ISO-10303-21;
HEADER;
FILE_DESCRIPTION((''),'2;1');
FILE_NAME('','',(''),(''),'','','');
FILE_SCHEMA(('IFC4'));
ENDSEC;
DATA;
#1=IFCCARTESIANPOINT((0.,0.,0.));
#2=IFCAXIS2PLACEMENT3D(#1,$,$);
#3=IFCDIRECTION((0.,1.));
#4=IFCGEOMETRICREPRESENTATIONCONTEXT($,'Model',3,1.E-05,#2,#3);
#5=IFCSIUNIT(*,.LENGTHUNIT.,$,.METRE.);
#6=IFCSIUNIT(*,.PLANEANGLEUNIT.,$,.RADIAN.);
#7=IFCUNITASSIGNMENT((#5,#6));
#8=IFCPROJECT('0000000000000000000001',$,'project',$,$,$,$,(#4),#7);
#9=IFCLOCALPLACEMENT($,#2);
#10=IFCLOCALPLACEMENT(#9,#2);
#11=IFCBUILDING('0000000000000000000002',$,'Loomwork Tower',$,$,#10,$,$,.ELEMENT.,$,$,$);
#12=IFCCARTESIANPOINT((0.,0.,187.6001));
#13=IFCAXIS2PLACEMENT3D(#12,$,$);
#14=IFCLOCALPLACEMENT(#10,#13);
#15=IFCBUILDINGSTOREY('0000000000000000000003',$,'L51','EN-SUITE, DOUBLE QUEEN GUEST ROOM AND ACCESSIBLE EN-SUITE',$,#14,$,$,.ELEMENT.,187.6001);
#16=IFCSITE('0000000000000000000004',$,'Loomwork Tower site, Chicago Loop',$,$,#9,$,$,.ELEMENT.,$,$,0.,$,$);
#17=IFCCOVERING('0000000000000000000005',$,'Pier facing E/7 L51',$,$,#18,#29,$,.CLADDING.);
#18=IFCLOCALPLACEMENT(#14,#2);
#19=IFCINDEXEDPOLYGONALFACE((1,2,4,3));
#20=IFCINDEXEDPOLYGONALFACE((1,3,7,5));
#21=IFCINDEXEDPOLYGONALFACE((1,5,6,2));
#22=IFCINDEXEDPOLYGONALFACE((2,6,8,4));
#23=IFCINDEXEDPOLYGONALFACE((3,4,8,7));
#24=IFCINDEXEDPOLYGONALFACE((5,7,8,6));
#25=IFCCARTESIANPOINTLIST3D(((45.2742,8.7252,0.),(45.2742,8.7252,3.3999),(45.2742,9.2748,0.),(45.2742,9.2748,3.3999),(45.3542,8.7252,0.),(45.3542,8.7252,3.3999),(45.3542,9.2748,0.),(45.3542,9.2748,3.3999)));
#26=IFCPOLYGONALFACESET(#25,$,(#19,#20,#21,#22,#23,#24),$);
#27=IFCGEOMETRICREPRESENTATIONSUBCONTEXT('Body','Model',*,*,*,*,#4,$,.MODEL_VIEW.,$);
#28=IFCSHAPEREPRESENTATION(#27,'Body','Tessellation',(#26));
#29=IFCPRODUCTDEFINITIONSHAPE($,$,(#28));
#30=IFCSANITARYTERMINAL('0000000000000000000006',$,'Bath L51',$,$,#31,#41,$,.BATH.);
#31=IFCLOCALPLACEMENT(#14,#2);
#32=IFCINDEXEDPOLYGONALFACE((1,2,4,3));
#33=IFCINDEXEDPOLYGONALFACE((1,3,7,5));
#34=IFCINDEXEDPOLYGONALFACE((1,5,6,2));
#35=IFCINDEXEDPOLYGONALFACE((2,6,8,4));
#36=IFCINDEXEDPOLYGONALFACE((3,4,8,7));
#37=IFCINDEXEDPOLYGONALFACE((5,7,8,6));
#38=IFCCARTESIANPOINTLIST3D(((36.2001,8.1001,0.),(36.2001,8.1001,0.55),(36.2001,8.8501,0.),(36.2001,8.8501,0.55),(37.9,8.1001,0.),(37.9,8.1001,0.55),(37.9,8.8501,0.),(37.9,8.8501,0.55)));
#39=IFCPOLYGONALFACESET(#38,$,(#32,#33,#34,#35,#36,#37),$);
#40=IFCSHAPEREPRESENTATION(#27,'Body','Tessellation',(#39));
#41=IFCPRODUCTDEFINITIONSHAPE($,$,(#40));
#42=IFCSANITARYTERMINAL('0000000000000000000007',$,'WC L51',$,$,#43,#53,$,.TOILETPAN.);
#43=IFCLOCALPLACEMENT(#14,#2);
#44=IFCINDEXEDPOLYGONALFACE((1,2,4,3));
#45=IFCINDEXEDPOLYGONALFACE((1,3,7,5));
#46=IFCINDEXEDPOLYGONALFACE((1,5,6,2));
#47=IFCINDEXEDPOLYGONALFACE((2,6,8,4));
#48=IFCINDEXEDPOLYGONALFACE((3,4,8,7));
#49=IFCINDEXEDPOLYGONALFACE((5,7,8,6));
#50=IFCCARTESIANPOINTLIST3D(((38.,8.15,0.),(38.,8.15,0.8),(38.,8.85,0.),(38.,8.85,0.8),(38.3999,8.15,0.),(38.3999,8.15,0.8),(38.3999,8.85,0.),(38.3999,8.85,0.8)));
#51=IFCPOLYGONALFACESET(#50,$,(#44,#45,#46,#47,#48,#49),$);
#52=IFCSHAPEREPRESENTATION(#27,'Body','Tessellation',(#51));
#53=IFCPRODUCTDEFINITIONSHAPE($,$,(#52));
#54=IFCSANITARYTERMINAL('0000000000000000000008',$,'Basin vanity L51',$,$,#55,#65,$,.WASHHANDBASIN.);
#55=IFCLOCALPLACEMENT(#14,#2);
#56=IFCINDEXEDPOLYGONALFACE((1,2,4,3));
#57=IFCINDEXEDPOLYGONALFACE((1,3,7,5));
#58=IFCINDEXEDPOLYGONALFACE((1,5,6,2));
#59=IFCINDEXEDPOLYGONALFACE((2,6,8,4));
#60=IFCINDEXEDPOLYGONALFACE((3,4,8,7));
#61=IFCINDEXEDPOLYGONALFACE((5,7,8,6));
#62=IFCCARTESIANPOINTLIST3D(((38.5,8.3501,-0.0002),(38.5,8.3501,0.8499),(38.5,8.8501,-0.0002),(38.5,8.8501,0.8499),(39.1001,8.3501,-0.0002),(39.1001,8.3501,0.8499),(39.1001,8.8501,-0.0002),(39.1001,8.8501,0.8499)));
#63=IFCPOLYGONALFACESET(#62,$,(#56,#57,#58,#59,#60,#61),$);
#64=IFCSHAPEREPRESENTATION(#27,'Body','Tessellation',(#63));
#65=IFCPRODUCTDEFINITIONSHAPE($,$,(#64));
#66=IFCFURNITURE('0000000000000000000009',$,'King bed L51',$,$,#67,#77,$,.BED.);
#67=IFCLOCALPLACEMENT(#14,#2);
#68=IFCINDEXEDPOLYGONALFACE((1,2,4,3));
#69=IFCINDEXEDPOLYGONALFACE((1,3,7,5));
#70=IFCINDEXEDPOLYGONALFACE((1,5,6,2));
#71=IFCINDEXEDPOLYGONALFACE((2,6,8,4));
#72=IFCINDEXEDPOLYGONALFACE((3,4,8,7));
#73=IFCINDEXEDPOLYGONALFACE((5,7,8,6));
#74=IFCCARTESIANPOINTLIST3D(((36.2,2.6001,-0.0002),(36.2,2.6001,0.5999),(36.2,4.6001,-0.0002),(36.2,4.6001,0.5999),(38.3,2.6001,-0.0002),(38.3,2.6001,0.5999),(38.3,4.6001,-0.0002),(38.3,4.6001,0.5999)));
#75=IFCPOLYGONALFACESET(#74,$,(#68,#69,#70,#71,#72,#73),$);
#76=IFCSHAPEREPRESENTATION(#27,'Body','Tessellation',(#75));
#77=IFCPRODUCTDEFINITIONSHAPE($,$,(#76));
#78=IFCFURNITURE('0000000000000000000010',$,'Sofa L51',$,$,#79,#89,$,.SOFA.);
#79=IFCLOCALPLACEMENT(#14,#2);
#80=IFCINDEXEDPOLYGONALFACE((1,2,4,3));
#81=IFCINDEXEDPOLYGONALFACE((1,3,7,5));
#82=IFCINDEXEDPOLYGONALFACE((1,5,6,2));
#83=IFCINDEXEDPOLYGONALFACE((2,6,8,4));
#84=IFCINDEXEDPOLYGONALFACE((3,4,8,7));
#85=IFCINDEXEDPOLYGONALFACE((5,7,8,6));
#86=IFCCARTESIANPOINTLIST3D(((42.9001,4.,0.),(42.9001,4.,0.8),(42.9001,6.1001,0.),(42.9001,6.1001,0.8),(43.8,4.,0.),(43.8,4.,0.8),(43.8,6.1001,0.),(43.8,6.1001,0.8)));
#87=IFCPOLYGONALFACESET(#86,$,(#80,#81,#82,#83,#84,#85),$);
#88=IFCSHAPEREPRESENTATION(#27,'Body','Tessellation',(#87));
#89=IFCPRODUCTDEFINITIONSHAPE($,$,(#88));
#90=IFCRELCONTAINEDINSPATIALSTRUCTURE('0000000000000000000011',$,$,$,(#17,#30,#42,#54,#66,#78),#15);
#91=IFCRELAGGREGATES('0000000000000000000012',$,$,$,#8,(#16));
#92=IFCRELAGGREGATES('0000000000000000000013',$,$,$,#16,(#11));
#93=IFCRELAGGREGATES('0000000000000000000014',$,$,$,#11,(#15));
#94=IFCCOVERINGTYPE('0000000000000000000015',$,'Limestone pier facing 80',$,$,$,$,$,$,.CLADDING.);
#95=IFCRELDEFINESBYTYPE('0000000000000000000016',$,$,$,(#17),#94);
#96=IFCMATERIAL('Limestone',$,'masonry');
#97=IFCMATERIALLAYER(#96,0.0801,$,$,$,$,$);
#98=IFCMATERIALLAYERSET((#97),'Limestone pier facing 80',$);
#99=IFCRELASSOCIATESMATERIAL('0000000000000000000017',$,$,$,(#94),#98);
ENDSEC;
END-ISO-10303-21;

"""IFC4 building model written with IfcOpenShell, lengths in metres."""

from ifc_helpers import new_model, si_unit, direction, frame, origin, origin_2d, place, context, subcontext, project, spatial, rectangle, extrude, material, layer, layer_set, type_object, element, save


model = new_model("IFC4")

# Units and contexts
model_context = context("Model", 3, precision=1e-05, world=origin(), true_north=direction((0.0, 1.0)))
body_context = subcontext(model_context, "Body", "Model", "MODEL_VIEW")
ifc_project = project(units=[si_unit("LENGTHUNIT", "METRE"), si_unit("PLANEANGLEUNIT", "RADIAN")], contexts=[model_context])

# Site, building, storey
site_placement = place(None, origin())
site = spatial("IfcSite", under=ifc_project, at=site_placement, Name="Loomwork Tower site, Chicago Loop", CompositionType="ELEMENT", RefElevation=0.0)
building_placement = place(site_placement, origin())
building = spatial("IfcBuilding", under=site, at=building_placement, Name="Loomwork Tower", CompositionType="ELEMENT")
storey_placement = place(building_placement, frame((0.0, 0.0, 187.6001)))
storey = spatial("IfcBuildingStorey", under=building, at=storey_placement, Name="L51", Description="EN-SUITE, DOUBLE QUEEN GUEST ROOM AND ACCESSIBLE EN-SUITE", CompositionType="ELEMENT", Elevation=187.6001)

# Covering
ifc_material_1 = material(Name="Limestone", Category="masonry")
ifc_layer_1 = layer(ifc_material_1, 0.0801)
ifc_layer_set_1 = layer_set([ifc_layer_1], Name="Limestone pier facing 80")
covering_type = type_object("IfcCoveringType", Name="Limestone pier facing 80", PredefinedType="CLADDING", material=ifc_layer_set_1)
covering_placement = place(storey_placement, frame((45.3142, 9.0, 0.0), z_axis=(0.0, 0.0, 1.0), x_axis=(1.0, 0.0, 0.0)))
element("IfcCovering", 1, at=covering_placement, inside=storey, type_object=covering_type, Name="Pier facing E/7 L51", PredefinedType="CLADDING", context=body_context, shape_type="SweptSolid", body=[
    extrude(rectangle(XDim=0.0801, YDim=0.5496, at=origin_2d()), origin(), (0.0, 0.0, 1.0), 3.3999),
])

# Sanitary terminals
sanitary_terminal_1_placement = place(storey_placement, frame((37.05, 8.4751, 0.0), z_axis=(0.0, 0.0, 1.0), x_axis=(1.0, 0.0, 0.0)))
element("IfcSanitaryTerminal", 2, at=sanitary_terminal_1_placement, inside=storey, Name="Bath L51", PredefinedType="BATH", context=body_context, shape_type="SweptSolid", body=[
    extrude(rectangle(XDim=1.7, YDim=0.75, at=origin_2d()), origin(), (0.0, 0.0, 1.0), 0.55),
])
sanitary_terminal_2_placement = place(storey_placement, frame((38.2, 8.5, 0.0), z_axis=(0.0, 0.0, 1.0), x_axis=(1.0, 0.0, 0.0)))
element("IfcSanitaryTerminal", 3, at=sanitary_terminal_2_placement, inside=storey, Name="WC L51", PredefinedType="TOILETPAN", context=body_context, shape_type="SweptSolid", body=[
    extrude(rectangle(XDim=0.3999, YDim=0.7, at=origin_2d()), origin(), (0.0, 0.0, 1.0), 0.8),
])
sanitary_terminal_3_placement = place(storey_placement, frame((38.8, 8.6001, -0.0002), z_axis=(0.0, 0.0, 1.0), x_axis=(1.0, 0.0, 0.0)))
element("IfcSanitaryTerminal", 4, at=sanitary_terminal_3_placement, inside=storey, Name="Basin vanity L51", PredefinedType="WASHHANDBASIN", context=body_context, shape_type="SweptSolid", body=[
    extrude(rectangle(XDim=0.6001, YDim=0.5, at=origin_2d()), origin(), (0.0, 0.0, 1.0), 0.8501),
])

# Furniture
furniture_1_placement = place(storey_placement, frame((37.25, 3.6001, -0.0002), z_axis=(0.0, 0.0, 1.0), x_axis=(1.0, 0.0, 0.0)))
element("IfcFurniture", 5, at=furniture_1_placement, inside=storey, Name="King bed L51", PredefinedType="BED", context=body_context, shape_type="SweptSolid", body=[
    extrude(rectangle(XDim=2.1001, YDim=2.0, at=origin_2d()), origin(), (0.0, 0.0, 1.0), 0.6001),
])
furniture_2_placement = place(storey_placement, frame((43.3501, 5.05, 0.0), z_axis=(0.0, 0.0, 1.0), x_axis=(1.0, 0.0, 0.0)))
element("IfcFurniture", 6, at=furniture_2_placement, inside=storey, Name="Sofa L51", PredefinedType="SOFA", context=body_context, shape_type="SweptSolid", body=[
    extrude(rectangle(XDim=0.8999, YDim=2.1001, at=origin_2d()), origin(), (0.0, 0.0, 1.0), 0.8),
])

save(model, "model.ifc")
